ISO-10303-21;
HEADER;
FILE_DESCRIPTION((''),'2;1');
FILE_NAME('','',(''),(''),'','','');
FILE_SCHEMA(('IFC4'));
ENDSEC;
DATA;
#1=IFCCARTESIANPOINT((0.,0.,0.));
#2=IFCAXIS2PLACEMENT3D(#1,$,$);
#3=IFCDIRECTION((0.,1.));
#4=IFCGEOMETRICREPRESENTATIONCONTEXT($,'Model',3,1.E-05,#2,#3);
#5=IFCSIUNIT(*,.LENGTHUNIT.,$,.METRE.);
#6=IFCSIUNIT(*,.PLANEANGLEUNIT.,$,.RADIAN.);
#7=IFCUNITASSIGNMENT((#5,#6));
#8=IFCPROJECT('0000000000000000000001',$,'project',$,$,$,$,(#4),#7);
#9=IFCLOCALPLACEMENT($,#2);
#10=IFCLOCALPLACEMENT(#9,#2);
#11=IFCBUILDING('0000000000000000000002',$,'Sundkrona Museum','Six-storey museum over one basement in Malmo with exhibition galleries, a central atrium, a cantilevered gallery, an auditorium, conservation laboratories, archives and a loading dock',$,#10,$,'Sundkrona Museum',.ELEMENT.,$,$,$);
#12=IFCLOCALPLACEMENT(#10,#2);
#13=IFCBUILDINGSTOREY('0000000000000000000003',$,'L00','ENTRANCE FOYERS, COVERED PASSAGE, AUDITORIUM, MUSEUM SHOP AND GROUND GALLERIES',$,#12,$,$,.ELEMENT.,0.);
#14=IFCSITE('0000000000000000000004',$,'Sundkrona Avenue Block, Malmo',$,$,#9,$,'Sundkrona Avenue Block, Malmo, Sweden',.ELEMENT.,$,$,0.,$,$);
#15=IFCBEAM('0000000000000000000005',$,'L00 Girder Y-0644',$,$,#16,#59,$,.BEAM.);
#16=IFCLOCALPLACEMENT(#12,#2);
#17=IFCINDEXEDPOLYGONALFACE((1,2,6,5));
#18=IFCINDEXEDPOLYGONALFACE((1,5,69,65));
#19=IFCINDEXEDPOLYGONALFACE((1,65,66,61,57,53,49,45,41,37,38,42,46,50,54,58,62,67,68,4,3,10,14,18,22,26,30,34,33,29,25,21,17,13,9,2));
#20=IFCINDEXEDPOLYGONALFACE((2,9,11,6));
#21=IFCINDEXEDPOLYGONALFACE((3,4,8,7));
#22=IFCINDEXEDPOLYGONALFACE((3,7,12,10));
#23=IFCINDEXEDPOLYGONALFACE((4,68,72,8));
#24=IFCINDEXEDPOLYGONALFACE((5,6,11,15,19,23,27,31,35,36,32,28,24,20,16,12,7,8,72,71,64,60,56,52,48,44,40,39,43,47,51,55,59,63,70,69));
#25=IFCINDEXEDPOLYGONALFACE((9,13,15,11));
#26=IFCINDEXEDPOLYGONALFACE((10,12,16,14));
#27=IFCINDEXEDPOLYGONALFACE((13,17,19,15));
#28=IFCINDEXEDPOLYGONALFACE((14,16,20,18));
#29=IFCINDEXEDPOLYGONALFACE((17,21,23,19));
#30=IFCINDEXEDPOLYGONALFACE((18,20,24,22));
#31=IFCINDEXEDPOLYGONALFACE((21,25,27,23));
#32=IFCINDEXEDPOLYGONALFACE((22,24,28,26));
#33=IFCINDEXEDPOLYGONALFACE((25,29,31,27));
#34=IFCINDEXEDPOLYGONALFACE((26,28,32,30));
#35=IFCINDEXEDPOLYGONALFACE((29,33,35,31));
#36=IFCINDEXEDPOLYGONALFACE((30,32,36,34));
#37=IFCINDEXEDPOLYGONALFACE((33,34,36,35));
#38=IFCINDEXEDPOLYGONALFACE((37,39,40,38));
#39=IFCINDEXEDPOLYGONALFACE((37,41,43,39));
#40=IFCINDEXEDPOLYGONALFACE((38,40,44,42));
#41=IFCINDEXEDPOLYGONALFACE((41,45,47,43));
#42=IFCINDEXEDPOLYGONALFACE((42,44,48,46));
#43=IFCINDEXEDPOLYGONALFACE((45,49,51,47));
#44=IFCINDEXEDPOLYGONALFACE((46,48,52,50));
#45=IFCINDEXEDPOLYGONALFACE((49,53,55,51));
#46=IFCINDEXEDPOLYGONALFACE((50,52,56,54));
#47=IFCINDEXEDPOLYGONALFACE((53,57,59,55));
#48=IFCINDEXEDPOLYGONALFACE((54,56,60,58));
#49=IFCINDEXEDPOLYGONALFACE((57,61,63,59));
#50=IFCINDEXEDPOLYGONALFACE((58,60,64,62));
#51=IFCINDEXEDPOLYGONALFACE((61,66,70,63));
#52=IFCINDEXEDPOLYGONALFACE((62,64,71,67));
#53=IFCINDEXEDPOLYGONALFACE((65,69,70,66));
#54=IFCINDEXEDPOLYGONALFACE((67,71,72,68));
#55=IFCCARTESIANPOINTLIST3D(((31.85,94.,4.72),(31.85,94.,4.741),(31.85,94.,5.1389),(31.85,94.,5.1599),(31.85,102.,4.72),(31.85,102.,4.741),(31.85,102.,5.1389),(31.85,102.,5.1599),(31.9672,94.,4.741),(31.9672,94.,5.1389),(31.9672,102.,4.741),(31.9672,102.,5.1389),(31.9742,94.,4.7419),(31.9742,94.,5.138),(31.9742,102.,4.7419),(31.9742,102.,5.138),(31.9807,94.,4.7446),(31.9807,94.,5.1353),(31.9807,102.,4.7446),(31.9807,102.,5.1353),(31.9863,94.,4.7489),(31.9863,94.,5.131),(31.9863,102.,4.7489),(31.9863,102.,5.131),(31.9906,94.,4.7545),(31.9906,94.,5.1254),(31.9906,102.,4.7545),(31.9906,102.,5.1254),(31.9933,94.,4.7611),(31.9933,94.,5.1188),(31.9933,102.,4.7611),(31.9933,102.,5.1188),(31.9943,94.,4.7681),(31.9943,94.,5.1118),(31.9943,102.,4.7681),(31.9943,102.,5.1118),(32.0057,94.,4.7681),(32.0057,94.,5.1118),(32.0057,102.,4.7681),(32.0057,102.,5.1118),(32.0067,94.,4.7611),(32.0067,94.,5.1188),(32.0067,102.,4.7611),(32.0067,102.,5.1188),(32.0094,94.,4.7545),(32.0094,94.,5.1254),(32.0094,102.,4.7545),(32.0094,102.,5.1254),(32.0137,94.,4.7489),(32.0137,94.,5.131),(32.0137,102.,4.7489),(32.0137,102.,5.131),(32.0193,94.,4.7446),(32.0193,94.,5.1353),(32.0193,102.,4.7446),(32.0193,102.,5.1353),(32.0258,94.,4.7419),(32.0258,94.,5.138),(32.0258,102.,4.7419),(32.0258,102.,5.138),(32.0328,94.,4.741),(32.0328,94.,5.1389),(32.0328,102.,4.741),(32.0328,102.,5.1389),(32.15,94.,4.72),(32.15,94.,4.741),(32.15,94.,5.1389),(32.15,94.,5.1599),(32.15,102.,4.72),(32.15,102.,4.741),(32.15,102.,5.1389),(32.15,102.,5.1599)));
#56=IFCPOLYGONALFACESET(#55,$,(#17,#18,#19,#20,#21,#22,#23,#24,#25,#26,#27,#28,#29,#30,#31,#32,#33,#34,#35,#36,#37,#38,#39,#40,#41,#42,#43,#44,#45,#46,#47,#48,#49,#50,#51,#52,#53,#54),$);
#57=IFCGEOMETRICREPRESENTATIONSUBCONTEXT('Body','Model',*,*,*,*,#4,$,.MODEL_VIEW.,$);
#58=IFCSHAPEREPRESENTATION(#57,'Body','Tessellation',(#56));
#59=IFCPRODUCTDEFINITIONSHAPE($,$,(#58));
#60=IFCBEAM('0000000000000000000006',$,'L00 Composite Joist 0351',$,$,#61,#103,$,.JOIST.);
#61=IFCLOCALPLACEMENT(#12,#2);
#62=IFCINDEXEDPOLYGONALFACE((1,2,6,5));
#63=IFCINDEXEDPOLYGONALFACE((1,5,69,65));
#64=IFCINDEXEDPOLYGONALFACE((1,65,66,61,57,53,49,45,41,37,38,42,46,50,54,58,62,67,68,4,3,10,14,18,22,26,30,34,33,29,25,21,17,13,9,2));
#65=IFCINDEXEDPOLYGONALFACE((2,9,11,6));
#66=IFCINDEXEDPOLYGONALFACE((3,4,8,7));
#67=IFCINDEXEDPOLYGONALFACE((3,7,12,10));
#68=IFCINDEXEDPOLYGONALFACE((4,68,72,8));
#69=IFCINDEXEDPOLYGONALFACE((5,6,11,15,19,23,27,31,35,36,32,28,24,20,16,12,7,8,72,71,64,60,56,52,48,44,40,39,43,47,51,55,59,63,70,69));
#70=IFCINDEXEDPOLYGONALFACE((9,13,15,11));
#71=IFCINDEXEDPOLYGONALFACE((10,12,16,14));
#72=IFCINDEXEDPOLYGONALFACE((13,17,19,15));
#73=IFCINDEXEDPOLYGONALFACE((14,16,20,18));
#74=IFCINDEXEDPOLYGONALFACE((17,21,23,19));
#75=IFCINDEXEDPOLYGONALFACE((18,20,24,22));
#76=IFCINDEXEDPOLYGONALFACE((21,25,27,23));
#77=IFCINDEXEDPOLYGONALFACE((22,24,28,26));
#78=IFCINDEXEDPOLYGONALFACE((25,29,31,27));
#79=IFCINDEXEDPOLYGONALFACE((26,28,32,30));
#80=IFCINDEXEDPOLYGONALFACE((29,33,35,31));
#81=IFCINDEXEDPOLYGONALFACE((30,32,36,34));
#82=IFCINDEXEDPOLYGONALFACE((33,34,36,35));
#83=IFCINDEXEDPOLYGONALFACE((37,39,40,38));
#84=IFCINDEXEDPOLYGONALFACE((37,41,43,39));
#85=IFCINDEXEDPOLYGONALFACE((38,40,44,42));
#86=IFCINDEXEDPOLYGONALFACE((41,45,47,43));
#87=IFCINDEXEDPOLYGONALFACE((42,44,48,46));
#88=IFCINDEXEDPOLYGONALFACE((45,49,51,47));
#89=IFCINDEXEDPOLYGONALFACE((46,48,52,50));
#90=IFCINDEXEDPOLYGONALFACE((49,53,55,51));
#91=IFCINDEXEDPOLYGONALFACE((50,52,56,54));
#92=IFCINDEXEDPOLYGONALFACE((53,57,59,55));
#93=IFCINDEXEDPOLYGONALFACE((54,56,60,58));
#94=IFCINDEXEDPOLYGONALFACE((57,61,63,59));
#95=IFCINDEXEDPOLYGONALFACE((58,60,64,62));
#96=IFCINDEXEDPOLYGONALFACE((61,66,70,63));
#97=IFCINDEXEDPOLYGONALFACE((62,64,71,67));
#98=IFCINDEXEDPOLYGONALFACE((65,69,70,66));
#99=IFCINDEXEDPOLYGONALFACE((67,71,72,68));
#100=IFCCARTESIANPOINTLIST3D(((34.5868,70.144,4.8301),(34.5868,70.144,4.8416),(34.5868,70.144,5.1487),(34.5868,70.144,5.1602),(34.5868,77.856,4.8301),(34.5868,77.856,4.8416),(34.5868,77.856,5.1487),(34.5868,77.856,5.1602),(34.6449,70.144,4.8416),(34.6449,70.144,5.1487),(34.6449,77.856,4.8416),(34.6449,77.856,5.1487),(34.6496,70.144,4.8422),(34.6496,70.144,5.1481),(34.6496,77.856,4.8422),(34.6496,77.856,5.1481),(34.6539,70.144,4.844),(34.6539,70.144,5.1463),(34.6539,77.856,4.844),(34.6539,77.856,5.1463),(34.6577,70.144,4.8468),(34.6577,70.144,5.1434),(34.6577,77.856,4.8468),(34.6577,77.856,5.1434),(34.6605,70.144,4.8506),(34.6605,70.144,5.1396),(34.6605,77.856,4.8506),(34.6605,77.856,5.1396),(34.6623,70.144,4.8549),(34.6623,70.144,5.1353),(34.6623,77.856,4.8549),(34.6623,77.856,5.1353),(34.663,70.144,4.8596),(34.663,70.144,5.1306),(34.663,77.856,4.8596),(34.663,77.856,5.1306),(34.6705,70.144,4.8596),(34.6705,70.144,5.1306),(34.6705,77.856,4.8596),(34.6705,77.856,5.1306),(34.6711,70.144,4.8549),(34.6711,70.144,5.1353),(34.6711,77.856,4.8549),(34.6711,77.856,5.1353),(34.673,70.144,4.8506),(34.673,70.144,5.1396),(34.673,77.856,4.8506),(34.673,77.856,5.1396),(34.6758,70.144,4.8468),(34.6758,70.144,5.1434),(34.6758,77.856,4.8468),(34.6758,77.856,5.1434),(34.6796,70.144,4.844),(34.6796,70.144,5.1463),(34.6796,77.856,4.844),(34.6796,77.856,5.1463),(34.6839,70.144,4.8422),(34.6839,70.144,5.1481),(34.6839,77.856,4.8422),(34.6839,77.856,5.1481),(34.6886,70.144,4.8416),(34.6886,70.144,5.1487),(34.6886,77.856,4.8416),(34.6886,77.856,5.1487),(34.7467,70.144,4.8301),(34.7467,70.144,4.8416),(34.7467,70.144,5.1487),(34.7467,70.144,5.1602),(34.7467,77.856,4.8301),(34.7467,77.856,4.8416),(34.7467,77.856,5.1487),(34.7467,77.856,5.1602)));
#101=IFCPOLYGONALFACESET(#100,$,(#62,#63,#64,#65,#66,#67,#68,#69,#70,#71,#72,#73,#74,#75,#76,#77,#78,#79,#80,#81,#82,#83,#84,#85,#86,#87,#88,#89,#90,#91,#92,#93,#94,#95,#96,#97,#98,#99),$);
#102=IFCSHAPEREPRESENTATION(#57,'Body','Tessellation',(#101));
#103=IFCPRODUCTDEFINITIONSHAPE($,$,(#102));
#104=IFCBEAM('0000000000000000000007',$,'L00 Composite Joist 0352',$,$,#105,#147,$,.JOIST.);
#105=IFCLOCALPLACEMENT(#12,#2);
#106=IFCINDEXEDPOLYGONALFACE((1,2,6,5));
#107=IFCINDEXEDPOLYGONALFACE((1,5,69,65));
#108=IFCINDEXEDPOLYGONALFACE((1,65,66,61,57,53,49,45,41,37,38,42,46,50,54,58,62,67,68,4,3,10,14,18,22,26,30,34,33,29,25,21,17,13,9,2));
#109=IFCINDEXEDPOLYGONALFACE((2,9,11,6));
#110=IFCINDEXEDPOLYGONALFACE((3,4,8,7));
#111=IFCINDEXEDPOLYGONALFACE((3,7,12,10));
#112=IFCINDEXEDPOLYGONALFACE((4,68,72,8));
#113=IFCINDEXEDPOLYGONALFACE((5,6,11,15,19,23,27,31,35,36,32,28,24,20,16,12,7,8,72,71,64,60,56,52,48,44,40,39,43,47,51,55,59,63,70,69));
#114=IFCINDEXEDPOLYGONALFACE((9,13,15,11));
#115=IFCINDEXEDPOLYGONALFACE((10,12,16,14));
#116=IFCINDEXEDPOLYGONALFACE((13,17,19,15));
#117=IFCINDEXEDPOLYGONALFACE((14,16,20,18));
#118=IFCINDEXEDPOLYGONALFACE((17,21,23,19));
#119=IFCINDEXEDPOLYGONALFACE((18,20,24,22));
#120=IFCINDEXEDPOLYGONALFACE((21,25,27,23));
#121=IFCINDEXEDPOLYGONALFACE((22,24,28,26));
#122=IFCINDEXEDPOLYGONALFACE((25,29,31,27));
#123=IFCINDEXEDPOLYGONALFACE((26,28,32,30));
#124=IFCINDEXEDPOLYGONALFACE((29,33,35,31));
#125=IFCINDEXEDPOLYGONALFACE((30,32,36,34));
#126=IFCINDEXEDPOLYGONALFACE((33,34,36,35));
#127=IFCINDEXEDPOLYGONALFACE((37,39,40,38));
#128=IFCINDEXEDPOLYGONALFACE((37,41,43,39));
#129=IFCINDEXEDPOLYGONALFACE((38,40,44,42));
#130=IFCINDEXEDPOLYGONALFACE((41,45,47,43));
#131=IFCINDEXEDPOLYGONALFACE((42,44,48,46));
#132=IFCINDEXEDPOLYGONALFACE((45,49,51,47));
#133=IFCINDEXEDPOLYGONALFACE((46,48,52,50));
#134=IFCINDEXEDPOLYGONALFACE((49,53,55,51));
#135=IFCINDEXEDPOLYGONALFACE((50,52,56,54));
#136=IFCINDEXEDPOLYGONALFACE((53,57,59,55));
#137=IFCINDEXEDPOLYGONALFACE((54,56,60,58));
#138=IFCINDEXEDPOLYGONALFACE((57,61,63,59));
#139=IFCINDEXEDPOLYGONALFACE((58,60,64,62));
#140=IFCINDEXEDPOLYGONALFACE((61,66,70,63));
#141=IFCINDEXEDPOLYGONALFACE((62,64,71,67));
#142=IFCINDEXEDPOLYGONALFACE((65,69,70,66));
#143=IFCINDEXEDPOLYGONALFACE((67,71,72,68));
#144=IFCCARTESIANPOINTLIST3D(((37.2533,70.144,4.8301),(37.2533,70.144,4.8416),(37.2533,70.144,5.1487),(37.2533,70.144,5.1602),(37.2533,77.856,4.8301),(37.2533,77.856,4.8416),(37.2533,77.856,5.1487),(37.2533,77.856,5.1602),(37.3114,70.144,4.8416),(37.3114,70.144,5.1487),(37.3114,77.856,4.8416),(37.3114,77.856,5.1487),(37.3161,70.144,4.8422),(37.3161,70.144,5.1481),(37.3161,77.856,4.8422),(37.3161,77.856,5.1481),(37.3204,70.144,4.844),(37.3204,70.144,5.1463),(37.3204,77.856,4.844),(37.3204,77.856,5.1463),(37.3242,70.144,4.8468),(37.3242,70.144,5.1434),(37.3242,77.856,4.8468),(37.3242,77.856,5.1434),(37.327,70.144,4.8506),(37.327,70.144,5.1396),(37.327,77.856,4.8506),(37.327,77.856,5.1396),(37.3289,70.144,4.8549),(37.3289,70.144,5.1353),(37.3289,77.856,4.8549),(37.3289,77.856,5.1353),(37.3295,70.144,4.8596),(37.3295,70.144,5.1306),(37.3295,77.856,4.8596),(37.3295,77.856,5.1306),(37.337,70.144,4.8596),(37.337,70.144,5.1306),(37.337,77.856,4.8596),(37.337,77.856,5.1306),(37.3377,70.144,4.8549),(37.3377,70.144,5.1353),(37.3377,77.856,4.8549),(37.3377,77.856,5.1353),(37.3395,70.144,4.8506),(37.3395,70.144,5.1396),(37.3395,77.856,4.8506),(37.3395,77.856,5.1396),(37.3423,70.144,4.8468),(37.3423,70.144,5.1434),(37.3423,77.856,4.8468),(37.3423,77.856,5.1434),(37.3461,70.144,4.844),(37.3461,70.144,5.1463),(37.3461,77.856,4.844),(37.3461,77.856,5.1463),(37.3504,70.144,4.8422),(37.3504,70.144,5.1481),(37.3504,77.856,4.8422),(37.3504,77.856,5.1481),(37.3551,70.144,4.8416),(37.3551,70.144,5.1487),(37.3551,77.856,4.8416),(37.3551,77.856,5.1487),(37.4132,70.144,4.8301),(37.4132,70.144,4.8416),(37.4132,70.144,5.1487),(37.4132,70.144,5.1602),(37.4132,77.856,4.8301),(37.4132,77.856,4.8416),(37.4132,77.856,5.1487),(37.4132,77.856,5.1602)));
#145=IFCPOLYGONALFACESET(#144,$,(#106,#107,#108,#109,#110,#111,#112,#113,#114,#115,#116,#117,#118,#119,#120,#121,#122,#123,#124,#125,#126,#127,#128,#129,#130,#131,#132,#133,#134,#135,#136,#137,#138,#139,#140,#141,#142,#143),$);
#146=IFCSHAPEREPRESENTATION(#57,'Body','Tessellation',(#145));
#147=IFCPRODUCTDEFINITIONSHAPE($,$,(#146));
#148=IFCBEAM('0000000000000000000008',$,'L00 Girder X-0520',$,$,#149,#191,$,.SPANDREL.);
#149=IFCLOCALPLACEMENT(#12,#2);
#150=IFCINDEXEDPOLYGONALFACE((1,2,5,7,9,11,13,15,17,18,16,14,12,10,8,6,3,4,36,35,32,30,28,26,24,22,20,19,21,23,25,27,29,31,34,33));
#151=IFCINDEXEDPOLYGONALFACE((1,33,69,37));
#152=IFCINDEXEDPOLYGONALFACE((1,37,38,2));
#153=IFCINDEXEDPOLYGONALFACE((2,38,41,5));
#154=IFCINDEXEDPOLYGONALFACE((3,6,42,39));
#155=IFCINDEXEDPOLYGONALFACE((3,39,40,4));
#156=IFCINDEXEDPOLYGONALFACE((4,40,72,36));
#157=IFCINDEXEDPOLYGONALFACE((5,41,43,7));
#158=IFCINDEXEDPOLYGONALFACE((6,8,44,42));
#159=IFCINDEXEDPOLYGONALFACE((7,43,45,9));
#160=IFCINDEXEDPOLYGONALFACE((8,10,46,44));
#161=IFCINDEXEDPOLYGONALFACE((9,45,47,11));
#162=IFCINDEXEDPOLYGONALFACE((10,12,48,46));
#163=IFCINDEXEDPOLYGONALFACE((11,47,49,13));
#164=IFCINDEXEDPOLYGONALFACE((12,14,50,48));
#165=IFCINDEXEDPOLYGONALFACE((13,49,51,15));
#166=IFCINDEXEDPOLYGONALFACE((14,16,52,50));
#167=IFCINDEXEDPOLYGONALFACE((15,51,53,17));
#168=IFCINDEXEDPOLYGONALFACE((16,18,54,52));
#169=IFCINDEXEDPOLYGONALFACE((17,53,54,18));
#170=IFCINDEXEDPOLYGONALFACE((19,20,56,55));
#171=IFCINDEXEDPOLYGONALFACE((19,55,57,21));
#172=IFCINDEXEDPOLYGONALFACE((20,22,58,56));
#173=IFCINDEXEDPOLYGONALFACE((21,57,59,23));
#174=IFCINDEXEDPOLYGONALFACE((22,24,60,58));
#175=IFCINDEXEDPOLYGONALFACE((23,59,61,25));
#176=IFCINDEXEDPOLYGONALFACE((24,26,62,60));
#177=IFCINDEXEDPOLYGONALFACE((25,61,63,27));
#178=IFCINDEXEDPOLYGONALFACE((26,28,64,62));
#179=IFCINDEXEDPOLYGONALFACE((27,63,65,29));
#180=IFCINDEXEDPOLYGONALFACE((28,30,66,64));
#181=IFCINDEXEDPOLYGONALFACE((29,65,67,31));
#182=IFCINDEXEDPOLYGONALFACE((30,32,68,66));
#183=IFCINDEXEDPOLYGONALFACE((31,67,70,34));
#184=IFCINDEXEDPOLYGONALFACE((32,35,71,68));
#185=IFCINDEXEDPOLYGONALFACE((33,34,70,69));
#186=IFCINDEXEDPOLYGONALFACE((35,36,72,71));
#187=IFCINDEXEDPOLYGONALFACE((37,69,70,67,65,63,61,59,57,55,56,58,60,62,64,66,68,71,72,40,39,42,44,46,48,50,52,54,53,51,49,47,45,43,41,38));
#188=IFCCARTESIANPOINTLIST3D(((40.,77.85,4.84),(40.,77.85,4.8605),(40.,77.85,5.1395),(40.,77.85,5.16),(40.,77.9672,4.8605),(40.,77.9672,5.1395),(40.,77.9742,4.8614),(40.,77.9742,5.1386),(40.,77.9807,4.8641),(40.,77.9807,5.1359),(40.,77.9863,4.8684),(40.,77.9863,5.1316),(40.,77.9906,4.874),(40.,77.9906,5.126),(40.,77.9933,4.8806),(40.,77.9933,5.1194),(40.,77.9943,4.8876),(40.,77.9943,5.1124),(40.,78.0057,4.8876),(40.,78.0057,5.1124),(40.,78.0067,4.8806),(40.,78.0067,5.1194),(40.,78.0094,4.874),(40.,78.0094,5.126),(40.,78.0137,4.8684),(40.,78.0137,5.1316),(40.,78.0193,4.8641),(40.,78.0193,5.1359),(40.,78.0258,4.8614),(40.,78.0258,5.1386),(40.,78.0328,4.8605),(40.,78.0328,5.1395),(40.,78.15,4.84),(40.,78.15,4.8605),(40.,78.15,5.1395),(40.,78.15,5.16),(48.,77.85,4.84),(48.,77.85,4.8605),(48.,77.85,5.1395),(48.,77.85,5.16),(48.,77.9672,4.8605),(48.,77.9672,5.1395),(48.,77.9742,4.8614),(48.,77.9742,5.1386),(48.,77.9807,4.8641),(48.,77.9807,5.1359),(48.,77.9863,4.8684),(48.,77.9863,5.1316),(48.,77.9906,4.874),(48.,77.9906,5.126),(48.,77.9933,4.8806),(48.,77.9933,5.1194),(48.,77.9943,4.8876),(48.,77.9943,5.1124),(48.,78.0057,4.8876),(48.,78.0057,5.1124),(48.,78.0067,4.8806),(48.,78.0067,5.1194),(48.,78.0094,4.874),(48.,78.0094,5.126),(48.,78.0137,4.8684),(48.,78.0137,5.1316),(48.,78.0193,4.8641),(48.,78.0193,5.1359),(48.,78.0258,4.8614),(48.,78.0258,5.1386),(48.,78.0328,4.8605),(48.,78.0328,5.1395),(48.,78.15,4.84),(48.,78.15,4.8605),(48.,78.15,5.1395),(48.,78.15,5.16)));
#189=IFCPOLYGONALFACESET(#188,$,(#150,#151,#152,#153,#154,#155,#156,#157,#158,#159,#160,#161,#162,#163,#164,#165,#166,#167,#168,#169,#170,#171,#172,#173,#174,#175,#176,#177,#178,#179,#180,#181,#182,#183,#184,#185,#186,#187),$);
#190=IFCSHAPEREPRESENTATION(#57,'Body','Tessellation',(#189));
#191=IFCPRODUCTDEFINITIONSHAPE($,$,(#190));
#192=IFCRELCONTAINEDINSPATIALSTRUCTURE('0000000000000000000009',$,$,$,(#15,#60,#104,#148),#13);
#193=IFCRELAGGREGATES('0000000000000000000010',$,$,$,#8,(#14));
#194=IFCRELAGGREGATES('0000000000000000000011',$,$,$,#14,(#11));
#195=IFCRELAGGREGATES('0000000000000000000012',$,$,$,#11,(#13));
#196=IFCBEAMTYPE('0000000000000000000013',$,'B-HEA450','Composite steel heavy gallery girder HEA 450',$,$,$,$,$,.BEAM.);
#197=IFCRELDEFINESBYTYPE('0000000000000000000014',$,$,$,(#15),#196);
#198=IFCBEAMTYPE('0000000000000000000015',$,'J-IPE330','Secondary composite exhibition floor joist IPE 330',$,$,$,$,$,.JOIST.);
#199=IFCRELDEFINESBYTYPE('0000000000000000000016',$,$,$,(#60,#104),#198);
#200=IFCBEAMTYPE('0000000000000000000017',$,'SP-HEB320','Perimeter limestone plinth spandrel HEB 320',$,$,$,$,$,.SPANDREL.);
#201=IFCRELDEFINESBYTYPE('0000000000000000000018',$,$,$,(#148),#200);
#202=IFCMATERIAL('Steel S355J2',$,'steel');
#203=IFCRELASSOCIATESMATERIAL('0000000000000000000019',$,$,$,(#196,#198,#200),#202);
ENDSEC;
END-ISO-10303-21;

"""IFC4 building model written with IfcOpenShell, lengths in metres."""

from ifc_helpers import new_model, si_unit, direction, frame, origin, origin_2d, place, context, subcontext, project, spatial, i_section, extrude, material, material_profile, profile_set, type_object, element, save


model = new_model("IFC4")

# Units and contexts
model_context = context("Model", 3, precision=1e-05, world=origin(), true_north=direction((0.0, 1.0)))
body_context = subcontext(model_context, "Body", "Model", "MODEL_VIEW")
ifc_project = project(units=[si_unit("LENGTHUNIT", "METRE"), si_unit("PLANEANGLEUNIT", "RADIAN")], contexts=[model_context])

# Site, building, storey
site_placement = place(None, origin())
site = spatial("IfcSite", under=ifc_project, at=site_placement, Name="Sundkrona Avenue Block, Malmo", LongName="Sundkrona Avenue Block, Malmo, Sweden", CompositionType="ELEMENT", RefElevation=0.0)
building_placement = place(site_placement, origin())
building = spatial("IfcBuilding", under=site, at=building_placement, Name="Sundkrona Museum", Description="Six-storey museum over one basement in Malmo with exhibition galleries, a central atrium, a cantilevered gallery, an auditorium, conservation laboratories, archives and a loading dock", LongName="Sundkrona Museum", CompositionType="ELEMENT")
storey_placement = place(building_placement, origin())
storey = spatial("IfcBuildingStorey", under=building, at=storey_placement, Name="L00", Description="ENTRANCE FOYERS, COVERED PASSAGE, AUDITORIUM, MUSEUM SHOP AND GROUND GALLERIES", CompositionType="ELEMENT", Elevation=0.0)

# Shared definitions
ifc_material_1 = material(Name="Steel S355J2", Category="steel")

# Beams
ifc_material_profile_1 = material_profile(ifc_material_1, i_section(OverallWidth=0.3, OverallDepth=0.4399, WebThickness=0.0115, FlangeThickness=0.021, FilletRadius=0.0271, at=origin_2d()), Name="HEA 450")
ifc_profile_set_1 = profile_set([ifc_material_profile_1], Name="Steel S355J2")
beam_type_1 = type_object("IfcBeamType", Name="B-HEA450", Description="Composite steel heavy gallery girder HEA 450", PredefinedType="BEAM", material=ifc_profile_set_1)
beam_placement = place(storey_placement, frame((32.0, 94.0, 4.9399), z_axis=(0.0, 1.0, 0.0), x_axis=(-1.0, 0.0, 0.0)))
element("IfcBeam", 1, at=beam_placement, inside=storey, type_object=beam_type_1, Name="L00 Girder Y-0644", PredefinedType="BEAM", context=body_context, shape_type="SweptSolid", body=[
    extrude(i_section(OverallWidth=0.3, OverallDepth=0.4399, WebThickness=0.0115, FlangeThickness=0.021, FilletRadius=0.0271, at=origin_2d()), origin(), (0.0, 0.0, 1.0), 8.0),
])
ifc_material_profile_2 = material_profile(ifc_material_1, i_section(OverallWidth=0.1599, OverallDepth=0.3301, WebThickness=0.0076, FlangeThickness=0.0115, FilletRadius=0.0181, at=origin_2d()), Name="IPE 330")
ifc_profile_set_2 = profile_set([ifc_material_profile_2], Name="Steel S355J2")
beam_type_2 = type_object("IfcBeamType", Name="J-IPE330", Description="Secondary composite exhibition floor joist IPE 330", PredefinedType="JOIST", material=ifc_profile_set_2)
for number, where, z_axis, x_axis, name in (
    (2, (34.6667, 70.144, 4.9951), (0.0, 1.0, 0.0), (-1.0, 0.0, 0.0), "L00 Composite Joist 0351"),
    (3, (37.3333, 70.144, 4.9951), (0.0, 1.0, 0.0), (-1.0, 0.0, 0.0), "L00 Composite Joist 0352"),
):
    element("IfcBeam", number, at=place(storey_placement, frame(where, z_axis=z_axis, x_axis=x_axis)), inside=storey, type_object=beam_type_2, Name=name, PredefinedType="JOIST", context=body_context, shape_type="SweptSolid", body=[
        extrude(i_section(OverallWidth=0.1599, OverallDepth=0.3301, WebThickness=0.0076, FlangeThickness=0.0115, FilletRadius=0.0181, at=origin_2d()), origin(), (0.0, 0.0, 1.0), 7.7119),
    ])
ifc_material_profile_3 = material_profile(ifc_material_1, i_section(OverallWidth=0.3, OverallDepth=0.3201, WebThickness=0.0115, FlangeThickness=0.0205, FilletRadius=0.0271, at=origin_2d()), Name="HEB 320")
ifc_profile_set_3 = profile_set([ifc_material_profile_3], Name="Steel S355J2")
beam_type_3 = type_object("IfcBeamType", Name="SP-HEB320", Description="Perimeter limestone plinth spandrel HEB 320", PredefinedType="SPANDREL", material=ifc_profile_set_3)
for number, where, z_axis, x_axis, name in (
    (4, (40.0, 78.0, 5.0), (1.0, 0.0, 0.0), (0.0, 1.0, 0.0), "L00 Girder X-0520"),
):
    element("IfcBeam", number, at=place(storey_placement, frame(where, z_axis=z_axis, x_axis=x_axis)), inside=storey, type_object=beam_type_3, Name=name, PredefinedType="SPANDREL", context=body_context, shape_type="SweptSolid", body=[
        extrude(i_section(OverallWidth=0.3, OverallDepth=0.3201, WebThickness=0.0115, FlangeThickness=0.0205, FilletRadius=0.0271, at=origin_2d()), origin(), (0.0, 0.0, 1.0), 8.0),
    ])

save(model, "model.ifc")
